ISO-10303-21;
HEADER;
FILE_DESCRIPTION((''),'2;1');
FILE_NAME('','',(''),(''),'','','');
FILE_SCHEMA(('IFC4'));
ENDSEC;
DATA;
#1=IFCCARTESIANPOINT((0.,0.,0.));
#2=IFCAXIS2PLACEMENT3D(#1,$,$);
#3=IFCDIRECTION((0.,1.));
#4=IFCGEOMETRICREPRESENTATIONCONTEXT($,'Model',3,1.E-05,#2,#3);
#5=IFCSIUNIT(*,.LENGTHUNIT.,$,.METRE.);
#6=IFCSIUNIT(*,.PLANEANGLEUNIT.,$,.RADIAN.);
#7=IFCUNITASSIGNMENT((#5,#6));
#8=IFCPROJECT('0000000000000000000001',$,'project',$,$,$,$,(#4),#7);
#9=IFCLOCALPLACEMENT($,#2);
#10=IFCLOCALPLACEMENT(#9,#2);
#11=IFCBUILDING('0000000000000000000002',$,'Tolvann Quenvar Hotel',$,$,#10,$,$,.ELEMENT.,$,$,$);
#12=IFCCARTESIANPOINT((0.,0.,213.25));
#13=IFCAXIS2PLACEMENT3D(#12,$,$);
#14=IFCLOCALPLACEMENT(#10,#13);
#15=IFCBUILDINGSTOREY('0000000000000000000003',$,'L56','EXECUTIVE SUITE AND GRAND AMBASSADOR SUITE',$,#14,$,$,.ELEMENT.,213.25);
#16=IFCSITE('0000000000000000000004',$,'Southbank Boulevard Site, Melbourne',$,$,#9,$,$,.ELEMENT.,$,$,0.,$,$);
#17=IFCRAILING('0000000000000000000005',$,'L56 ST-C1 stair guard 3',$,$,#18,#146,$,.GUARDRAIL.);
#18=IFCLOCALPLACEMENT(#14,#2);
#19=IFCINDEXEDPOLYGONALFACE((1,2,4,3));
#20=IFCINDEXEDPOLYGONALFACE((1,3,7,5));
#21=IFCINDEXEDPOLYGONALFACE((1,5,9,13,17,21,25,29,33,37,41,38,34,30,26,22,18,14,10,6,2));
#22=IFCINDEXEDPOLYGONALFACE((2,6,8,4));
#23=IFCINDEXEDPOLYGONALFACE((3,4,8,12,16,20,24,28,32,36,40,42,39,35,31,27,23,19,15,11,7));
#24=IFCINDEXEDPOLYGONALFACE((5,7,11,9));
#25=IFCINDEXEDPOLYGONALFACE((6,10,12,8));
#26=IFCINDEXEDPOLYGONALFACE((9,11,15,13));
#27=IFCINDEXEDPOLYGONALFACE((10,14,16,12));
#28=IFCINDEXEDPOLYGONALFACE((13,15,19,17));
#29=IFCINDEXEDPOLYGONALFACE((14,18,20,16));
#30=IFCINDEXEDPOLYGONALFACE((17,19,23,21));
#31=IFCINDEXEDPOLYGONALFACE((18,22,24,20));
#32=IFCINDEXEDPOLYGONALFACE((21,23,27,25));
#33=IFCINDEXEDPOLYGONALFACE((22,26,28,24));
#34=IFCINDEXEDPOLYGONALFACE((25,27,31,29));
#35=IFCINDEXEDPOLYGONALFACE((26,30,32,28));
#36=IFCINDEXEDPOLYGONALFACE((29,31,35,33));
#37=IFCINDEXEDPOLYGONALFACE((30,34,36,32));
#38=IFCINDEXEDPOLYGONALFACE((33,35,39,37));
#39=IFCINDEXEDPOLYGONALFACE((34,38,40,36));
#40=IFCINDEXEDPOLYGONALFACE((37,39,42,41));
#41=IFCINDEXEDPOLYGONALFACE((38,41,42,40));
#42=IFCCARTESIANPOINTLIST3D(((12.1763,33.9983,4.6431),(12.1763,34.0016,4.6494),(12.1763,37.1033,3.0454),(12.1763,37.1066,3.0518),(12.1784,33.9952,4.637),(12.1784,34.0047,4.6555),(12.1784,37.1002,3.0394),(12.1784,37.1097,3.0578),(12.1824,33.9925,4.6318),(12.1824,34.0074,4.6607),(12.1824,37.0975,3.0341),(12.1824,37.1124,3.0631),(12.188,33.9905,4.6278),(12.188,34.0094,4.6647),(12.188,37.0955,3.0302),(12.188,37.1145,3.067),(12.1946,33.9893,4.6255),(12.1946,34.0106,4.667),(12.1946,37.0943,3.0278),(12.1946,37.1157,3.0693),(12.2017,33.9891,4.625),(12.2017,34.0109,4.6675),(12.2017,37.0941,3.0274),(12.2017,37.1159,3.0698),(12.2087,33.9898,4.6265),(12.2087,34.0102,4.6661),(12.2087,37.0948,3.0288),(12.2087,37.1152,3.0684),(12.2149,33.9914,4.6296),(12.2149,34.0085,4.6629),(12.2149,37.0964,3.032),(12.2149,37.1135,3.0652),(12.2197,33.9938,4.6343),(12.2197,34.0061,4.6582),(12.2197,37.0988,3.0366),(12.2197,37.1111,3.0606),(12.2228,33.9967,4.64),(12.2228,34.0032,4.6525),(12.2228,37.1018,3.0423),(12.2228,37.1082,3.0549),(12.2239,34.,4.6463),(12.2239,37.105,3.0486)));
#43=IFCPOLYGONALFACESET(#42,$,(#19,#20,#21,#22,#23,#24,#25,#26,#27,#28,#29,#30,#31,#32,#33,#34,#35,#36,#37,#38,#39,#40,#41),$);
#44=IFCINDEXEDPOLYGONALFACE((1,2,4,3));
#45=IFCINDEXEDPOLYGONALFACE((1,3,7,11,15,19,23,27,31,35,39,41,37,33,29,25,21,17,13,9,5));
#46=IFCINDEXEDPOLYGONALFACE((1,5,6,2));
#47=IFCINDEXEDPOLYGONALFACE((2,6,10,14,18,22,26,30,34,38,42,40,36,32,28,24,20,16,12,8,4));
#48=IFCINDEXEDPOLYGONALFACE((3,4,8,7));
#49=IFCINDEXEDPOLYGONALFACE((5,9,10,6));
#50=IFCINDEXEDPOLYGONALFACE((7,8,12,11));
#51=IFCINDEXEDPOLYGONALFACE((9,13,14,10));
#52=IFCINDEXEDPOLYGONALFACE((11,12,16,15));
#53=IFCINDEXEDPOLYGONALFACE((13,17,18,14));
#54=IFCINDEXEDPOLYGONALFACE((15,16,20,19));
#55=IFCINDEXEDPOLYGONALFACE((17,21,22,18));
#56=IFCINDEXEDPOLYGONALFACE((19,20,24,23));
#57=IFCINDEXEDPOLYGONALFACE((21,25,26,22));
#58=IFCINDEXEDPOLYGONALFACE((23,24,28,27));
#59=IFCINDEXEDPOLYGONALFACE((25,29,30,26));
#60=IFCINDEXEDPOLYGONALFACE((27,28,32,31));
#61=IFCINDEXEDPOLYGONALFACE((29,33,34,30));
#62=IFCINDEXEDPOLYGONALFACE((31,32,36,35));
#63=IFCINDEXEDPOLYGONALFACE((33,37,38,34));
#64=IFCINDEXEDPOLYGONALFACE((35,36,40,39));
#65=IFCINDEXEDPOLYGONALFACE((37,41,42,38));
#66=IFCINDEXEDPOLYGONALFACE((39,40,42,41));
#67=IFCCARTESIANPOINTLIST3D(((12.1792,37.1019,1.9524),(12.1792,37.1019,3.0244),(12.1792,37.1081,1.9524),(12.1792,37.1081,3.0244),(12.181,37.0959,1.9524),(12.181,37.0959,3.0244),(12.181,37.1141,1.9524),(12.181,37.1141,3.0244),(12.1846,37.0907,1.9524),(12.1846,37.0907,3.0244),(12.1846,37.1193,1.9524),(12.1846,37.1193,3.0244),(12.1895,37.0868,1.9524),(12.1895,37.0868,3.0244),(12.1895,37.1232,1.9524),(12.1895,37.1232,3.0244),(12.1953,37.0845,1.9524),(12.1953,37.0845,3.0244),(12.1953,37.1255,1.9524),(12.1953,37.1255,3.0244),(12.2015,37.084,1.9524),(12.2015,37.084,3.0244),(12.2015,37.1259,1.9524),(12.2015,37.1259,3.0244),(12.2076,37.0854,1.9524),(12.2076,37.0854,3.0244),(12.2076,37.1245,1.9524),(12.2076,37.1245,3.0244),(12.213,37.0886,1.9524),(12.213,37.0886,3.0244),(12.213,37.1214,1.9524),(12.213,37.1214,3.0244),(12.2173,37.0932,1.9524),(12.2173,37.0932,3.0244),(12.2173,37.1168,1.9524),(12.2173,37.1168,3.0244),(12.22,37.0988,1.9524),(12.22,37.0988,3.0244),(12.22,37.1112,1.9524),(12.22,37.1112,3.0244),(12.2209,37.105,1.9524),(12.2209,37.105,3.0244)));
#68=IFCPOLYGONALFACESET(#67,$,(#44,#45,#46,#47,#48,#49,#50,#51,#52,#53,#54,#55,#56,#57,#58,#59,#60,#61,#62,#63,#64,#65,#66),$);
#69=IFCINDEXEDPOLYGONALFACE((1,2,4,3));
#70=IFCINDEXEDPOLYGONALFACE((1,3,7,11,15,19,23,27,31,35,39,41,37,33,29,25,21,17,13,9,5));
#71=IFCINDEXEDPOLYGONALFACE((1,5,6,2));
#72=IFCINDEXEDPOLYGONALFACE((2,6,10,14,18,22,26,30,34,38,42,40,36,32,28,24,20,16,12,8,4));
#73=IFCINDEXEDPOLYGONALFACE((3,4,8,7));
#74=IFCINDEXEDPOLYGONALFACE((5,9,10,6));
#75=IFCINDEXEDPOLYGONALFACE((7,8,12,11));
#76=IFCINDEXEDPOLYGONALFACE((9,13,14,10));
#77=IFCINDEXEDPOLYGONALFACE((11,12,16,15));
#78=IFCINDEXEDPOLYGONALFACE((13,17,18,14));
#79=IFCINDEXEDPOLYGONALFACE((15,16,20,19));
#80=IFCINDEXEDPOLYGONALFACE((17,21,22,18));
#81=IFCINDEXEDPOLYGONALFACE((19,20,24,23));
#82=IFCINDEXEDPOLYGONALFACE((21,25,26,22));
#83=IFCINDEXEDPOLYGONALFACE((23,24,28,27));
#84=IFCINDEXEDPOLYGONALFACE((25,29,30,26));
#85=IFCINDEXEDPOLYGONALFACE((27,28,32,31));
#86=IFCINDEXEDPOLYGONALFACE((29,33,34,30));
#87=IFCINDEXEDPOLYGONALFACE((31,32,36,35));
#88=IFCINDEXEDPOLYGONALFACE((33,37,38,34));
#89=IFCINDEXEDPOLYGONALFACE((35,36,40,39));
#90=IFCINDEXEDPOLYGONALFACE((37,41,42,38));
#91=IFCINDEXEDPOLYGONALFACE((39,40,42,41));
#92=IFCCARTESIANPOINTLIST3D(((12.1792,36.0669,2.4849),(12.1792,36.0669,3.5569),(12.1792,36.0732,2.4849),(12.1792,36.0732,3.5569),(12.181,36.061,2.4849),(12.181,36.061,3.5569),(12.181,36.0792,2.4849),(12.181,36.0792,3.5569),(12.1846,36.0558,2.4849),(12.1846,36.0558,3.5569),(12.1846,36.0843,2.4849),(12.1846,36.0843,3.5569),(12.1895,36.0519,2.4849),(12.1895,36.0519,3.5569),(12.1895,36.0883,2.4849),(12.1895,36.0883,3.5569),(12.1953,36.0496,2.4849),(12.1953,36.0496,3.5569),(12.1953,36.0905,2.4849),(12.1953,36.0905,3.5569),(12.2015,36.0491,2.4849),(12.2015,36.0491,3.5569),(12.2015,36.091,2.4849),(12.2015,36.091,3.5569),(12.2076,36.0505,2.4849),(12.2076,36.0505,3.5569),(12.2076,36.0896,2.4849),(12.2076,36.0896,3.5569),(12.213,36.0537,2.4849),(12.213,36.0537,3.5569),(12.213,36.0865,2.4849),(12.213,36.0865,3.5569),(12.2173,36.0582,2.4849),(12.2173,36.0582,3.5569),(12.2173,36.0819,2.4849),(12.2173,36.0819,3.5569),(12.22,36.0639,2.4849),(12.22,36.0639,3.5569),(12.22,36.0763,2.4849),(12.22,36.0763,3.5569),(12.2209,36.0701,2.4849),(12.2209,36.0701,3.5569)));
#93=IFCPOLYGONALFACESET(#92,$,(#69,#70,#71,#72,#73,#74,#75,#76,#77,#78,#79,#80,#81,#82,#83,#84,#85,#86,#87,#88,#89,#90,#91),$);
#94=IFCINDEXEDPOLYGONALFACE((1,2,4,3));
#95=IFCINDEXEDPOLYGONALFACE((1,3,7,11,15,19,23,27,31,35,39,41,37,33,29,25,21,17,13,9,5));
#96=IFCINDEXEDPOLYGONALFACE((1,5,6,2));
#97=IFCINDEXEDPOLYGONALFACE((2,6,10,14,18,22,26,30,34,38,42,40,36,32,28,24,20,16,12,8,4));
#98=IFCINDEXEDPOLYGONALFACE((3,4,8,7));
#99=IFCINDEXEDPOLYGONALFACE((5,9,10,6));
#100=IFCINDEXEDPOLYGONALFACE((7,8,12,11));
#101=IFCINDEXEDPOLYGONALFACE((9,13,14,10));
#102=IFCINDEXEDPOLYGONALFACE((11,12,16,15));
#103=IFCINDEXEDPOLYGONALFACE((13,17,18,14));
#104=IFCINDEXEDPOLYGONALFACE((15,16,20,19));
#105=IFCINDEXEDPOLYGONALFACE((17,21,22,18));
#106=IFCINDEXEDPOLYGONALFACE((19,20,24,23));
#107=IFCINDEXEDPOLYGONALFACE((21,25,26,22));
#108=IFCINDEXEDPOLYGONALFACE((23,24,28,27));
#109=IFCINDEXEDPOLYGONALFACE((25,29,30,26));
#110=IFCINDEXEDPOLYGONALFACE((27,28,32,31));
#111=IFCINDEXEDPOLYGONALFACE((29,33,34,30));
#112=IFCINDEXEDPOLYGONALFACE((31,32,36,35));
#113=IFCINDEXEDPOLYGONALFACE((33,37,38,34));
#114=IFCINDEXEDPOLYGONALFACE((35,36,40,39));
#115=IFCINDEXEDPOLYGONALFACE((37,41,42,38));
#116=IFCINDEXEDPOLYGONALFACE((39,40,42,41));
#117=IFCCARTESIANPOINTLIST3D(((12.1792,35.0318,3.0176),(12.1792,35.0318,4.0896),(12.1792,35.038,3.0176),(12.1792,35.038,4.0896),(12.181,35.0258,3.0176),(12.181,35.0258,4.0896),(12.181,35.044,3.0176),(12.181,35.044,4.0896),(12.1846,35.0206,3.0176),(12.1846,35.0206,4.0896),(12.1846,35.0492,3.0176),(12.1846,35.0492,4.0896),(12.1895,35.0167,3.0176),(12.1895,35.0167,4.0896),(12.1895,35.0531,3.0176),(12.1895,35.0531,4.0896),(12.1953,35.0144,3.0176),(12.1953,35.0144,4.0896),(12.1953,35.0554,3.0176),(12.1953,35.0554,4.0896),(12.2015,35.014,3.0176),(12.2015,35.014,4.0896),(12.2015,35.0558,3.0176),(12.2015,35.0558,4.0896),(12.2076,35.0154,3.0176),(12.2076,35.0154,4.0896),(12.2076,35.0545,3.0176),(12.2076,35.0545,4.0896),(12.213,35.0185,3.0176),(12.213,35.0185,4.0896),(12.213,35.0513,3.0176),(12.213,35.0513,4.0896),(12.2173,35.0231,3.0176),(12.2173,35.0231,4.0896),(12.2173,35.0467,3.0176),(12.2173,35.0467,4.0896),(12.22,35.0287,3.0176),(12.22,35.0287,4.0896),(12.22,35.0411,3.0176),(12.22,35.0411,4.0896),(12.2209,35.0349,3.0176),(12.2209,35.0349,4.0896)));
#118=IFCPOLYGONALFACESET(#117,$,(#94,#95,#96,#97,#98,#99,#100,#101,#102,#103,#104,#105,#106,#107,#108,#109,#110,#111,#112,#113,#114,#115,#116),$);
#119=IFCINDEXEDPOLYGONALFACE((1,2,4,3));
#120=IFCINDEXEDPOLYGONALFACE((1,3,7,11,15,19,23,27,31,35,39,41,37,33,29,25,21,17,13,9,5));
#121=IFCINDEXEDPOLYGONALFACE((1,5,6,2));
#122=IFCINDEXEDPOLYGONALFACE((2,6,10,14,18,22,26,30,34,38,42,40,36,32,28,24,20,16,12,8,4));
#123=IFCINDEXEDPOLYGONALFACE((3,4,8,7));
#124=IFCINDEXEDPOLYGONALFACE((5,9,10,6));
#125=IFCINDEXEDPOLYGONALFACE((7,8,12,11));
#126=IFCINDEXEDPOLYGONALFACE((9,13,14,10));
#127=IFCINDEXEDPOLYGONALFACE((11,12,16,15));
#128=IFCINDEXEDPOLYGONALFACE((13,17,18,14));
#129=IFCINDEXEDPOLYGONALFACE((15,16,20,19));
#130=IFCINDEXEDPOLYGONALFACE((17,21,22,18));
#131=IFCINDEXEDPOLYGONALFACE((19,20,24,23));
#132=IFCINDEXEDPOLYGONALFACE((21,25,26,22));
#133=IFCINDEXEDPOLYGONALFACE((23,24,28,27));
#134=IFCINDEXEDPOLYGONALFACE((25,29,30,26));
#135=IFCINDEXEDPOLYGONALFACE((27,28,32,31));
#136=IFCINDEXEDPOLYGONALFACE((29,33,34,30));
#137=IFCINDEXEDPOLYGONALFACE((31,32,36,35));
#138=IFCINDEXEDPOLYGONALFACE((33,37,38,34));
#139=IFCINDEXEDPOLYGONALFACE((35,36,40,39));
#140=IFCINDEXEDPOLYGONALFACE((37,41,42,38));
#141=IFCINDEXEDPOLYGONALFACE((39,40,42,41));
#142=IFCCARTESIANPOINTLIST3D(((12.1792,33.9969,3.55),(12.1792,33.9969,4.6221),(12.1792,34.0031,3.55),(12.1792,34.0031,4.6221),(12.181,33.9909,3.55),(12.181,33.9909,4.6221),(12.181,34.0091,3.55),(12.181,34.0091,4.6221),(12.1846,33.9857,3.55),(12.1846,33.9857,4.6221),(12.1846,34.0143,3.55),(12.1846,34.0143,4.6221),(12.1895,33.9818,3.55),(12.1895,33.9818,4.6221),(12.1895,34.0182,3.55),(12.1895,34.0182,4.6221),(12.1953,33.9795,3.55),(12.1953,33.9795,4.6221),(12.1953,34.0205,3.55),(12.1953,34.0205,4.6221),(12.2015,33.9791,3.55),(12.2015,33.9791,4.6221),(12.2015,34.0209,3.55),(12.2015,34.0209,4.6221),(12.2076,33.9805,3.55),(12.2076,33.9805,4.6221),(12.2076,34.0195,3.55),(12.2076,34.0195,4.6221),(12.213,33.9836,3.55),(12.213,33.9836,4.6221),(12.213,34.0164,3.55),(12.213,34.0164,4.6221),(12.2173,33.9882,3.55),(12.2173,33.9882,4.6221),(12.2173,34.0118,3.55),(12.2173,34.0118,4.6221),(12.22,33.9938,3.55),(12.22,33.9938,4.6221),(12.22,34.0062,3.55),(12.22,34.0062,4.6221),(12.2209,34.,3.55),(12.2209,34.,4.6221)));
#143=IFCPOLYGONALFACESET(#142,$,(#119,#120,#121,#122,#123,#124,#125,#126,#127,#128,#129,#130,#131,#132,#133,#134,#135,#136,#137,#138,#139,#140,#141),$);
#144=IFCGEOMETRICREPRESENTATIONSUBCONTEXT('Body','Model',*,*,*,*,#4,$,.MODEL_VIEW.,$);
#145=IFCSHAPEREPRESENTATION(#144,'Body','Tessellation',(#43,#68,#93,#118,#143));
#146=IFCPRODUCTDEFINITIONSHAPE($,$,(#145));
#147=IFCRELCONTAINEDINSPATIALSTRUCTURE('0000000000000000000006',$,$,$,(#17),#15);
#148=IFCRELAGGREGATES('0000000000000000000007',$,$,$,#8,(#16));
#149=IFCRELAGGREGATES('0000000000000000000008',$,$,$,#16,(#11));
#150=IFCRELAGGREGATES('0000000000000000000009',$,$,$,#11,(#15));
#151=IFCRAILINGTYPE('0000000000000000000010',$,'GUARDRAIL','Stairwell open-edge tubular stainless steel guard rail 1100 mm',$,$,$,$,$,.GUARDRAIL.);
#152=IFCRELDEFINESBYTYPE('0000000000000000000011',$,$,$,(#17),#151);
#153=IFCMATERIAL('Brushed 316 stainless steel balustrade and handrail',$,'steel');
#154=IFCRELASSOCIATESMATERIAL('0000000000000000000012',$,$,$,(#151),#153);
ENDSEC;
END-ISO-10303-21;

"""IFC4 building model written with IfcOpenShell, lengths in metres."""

from ifc_helpers import new_model, si_unit, direction, frame, origin, origin_2d, place, context, subcontext, project, spatial, circle, extrude, material, type_object, element, save


model = new_model("IFC4")

# Units and contexts
model_context = context("Model", 3, precision=1e-05, world=origin(), true_north=direction((0.0, 1.0)))
body_context = subcontext(model_context, "Body", "Model", "MODEL_VIEW")
ifc_project = project(units=[si_unit("LENGTHUNIT", "METRE"), si_unit("PLANEANGLEUNIT", "RADIAN")], contexts=[model_context])

# Site, building, storey
site_placement = place(None, origin())
site = spatial("IfcSite", under=ifc_project, at=site_placement, Name="Southbank Boulevard Site, Melbourne", CompositionType="ELEMENT", RefElevation=0.0)
building_placement = place(site_placement, origin())
building = spatial("IfcBuilding", under=site, at=building_placement, Name="Tolvann Quenvar Hotel", CompositionType="ELEMENT")
storey_placement = place(building_placement, frame((0.0, 0.0, 213.25)))
storey = spatial("IfcBuildingStorey", under=building, at=storey_placement, Name="L56", Description="EXECUTIVE SUITE AND GRAND AMBASSADOR SUITE", CompositionType="ELEMENT", Elevation=213.25)

# Railing
ifc_material_1 = material(Name="Brushed 316 stainless steel balustrade and handrail", Category="steel")
railing_type_1 = type_object("IfcRailingType", Name="GUARDRAIL", Description="Stairwell open-edge tubular stainless steel guard rail 1100 mm", PredefinedType="GUARDRAIL", material=ifc_material_1)
railing_1_placement = place(storey_placement, frame((12.2, 37.105, 1.9524)))
element("IfcRailing", 1, at=railing_1_placement, inside=storey, type_object=railing_type_1, Name="L56 ST-C1 stair guard 3", PredefinedType="GUARDRAIL", context=body_context, shape_type="SweptSolid", body=[
    extrude(circle(Radius=0.0239, at=origin_2d()), frame((0.0, 0.0, 1.0962), z_axis=(0.0, -0.889194, 0.457531), x_axis=(1.0, 0.0, 0.0)), (0.0, 0.0, 1.0), 3.4919),
    extrude(circle(Radius=0.021, at=origin_2d()), origin(), (0.0, 0.0, 1.0), 1.072),
    extrude(circle(Radius=0.021, at=origin_2d()), frame((0.0, -1.0349, 0.5325)), (0.0, 0.0, 1.0), 1.072),
    extrude(circle(Radius=0.021, at=origin_2d()), frame((0.0, -2.0701, 1.0652)), (0.0, 0.0, 1.0), 1.072),
    extrude(circle(Radius=0.021, at=origin_2d()), frame((0.0, -3.105, 1.5977)), (0.0, 0.0, 1.0), 1.072),
])

save(model, "model.ifc")
